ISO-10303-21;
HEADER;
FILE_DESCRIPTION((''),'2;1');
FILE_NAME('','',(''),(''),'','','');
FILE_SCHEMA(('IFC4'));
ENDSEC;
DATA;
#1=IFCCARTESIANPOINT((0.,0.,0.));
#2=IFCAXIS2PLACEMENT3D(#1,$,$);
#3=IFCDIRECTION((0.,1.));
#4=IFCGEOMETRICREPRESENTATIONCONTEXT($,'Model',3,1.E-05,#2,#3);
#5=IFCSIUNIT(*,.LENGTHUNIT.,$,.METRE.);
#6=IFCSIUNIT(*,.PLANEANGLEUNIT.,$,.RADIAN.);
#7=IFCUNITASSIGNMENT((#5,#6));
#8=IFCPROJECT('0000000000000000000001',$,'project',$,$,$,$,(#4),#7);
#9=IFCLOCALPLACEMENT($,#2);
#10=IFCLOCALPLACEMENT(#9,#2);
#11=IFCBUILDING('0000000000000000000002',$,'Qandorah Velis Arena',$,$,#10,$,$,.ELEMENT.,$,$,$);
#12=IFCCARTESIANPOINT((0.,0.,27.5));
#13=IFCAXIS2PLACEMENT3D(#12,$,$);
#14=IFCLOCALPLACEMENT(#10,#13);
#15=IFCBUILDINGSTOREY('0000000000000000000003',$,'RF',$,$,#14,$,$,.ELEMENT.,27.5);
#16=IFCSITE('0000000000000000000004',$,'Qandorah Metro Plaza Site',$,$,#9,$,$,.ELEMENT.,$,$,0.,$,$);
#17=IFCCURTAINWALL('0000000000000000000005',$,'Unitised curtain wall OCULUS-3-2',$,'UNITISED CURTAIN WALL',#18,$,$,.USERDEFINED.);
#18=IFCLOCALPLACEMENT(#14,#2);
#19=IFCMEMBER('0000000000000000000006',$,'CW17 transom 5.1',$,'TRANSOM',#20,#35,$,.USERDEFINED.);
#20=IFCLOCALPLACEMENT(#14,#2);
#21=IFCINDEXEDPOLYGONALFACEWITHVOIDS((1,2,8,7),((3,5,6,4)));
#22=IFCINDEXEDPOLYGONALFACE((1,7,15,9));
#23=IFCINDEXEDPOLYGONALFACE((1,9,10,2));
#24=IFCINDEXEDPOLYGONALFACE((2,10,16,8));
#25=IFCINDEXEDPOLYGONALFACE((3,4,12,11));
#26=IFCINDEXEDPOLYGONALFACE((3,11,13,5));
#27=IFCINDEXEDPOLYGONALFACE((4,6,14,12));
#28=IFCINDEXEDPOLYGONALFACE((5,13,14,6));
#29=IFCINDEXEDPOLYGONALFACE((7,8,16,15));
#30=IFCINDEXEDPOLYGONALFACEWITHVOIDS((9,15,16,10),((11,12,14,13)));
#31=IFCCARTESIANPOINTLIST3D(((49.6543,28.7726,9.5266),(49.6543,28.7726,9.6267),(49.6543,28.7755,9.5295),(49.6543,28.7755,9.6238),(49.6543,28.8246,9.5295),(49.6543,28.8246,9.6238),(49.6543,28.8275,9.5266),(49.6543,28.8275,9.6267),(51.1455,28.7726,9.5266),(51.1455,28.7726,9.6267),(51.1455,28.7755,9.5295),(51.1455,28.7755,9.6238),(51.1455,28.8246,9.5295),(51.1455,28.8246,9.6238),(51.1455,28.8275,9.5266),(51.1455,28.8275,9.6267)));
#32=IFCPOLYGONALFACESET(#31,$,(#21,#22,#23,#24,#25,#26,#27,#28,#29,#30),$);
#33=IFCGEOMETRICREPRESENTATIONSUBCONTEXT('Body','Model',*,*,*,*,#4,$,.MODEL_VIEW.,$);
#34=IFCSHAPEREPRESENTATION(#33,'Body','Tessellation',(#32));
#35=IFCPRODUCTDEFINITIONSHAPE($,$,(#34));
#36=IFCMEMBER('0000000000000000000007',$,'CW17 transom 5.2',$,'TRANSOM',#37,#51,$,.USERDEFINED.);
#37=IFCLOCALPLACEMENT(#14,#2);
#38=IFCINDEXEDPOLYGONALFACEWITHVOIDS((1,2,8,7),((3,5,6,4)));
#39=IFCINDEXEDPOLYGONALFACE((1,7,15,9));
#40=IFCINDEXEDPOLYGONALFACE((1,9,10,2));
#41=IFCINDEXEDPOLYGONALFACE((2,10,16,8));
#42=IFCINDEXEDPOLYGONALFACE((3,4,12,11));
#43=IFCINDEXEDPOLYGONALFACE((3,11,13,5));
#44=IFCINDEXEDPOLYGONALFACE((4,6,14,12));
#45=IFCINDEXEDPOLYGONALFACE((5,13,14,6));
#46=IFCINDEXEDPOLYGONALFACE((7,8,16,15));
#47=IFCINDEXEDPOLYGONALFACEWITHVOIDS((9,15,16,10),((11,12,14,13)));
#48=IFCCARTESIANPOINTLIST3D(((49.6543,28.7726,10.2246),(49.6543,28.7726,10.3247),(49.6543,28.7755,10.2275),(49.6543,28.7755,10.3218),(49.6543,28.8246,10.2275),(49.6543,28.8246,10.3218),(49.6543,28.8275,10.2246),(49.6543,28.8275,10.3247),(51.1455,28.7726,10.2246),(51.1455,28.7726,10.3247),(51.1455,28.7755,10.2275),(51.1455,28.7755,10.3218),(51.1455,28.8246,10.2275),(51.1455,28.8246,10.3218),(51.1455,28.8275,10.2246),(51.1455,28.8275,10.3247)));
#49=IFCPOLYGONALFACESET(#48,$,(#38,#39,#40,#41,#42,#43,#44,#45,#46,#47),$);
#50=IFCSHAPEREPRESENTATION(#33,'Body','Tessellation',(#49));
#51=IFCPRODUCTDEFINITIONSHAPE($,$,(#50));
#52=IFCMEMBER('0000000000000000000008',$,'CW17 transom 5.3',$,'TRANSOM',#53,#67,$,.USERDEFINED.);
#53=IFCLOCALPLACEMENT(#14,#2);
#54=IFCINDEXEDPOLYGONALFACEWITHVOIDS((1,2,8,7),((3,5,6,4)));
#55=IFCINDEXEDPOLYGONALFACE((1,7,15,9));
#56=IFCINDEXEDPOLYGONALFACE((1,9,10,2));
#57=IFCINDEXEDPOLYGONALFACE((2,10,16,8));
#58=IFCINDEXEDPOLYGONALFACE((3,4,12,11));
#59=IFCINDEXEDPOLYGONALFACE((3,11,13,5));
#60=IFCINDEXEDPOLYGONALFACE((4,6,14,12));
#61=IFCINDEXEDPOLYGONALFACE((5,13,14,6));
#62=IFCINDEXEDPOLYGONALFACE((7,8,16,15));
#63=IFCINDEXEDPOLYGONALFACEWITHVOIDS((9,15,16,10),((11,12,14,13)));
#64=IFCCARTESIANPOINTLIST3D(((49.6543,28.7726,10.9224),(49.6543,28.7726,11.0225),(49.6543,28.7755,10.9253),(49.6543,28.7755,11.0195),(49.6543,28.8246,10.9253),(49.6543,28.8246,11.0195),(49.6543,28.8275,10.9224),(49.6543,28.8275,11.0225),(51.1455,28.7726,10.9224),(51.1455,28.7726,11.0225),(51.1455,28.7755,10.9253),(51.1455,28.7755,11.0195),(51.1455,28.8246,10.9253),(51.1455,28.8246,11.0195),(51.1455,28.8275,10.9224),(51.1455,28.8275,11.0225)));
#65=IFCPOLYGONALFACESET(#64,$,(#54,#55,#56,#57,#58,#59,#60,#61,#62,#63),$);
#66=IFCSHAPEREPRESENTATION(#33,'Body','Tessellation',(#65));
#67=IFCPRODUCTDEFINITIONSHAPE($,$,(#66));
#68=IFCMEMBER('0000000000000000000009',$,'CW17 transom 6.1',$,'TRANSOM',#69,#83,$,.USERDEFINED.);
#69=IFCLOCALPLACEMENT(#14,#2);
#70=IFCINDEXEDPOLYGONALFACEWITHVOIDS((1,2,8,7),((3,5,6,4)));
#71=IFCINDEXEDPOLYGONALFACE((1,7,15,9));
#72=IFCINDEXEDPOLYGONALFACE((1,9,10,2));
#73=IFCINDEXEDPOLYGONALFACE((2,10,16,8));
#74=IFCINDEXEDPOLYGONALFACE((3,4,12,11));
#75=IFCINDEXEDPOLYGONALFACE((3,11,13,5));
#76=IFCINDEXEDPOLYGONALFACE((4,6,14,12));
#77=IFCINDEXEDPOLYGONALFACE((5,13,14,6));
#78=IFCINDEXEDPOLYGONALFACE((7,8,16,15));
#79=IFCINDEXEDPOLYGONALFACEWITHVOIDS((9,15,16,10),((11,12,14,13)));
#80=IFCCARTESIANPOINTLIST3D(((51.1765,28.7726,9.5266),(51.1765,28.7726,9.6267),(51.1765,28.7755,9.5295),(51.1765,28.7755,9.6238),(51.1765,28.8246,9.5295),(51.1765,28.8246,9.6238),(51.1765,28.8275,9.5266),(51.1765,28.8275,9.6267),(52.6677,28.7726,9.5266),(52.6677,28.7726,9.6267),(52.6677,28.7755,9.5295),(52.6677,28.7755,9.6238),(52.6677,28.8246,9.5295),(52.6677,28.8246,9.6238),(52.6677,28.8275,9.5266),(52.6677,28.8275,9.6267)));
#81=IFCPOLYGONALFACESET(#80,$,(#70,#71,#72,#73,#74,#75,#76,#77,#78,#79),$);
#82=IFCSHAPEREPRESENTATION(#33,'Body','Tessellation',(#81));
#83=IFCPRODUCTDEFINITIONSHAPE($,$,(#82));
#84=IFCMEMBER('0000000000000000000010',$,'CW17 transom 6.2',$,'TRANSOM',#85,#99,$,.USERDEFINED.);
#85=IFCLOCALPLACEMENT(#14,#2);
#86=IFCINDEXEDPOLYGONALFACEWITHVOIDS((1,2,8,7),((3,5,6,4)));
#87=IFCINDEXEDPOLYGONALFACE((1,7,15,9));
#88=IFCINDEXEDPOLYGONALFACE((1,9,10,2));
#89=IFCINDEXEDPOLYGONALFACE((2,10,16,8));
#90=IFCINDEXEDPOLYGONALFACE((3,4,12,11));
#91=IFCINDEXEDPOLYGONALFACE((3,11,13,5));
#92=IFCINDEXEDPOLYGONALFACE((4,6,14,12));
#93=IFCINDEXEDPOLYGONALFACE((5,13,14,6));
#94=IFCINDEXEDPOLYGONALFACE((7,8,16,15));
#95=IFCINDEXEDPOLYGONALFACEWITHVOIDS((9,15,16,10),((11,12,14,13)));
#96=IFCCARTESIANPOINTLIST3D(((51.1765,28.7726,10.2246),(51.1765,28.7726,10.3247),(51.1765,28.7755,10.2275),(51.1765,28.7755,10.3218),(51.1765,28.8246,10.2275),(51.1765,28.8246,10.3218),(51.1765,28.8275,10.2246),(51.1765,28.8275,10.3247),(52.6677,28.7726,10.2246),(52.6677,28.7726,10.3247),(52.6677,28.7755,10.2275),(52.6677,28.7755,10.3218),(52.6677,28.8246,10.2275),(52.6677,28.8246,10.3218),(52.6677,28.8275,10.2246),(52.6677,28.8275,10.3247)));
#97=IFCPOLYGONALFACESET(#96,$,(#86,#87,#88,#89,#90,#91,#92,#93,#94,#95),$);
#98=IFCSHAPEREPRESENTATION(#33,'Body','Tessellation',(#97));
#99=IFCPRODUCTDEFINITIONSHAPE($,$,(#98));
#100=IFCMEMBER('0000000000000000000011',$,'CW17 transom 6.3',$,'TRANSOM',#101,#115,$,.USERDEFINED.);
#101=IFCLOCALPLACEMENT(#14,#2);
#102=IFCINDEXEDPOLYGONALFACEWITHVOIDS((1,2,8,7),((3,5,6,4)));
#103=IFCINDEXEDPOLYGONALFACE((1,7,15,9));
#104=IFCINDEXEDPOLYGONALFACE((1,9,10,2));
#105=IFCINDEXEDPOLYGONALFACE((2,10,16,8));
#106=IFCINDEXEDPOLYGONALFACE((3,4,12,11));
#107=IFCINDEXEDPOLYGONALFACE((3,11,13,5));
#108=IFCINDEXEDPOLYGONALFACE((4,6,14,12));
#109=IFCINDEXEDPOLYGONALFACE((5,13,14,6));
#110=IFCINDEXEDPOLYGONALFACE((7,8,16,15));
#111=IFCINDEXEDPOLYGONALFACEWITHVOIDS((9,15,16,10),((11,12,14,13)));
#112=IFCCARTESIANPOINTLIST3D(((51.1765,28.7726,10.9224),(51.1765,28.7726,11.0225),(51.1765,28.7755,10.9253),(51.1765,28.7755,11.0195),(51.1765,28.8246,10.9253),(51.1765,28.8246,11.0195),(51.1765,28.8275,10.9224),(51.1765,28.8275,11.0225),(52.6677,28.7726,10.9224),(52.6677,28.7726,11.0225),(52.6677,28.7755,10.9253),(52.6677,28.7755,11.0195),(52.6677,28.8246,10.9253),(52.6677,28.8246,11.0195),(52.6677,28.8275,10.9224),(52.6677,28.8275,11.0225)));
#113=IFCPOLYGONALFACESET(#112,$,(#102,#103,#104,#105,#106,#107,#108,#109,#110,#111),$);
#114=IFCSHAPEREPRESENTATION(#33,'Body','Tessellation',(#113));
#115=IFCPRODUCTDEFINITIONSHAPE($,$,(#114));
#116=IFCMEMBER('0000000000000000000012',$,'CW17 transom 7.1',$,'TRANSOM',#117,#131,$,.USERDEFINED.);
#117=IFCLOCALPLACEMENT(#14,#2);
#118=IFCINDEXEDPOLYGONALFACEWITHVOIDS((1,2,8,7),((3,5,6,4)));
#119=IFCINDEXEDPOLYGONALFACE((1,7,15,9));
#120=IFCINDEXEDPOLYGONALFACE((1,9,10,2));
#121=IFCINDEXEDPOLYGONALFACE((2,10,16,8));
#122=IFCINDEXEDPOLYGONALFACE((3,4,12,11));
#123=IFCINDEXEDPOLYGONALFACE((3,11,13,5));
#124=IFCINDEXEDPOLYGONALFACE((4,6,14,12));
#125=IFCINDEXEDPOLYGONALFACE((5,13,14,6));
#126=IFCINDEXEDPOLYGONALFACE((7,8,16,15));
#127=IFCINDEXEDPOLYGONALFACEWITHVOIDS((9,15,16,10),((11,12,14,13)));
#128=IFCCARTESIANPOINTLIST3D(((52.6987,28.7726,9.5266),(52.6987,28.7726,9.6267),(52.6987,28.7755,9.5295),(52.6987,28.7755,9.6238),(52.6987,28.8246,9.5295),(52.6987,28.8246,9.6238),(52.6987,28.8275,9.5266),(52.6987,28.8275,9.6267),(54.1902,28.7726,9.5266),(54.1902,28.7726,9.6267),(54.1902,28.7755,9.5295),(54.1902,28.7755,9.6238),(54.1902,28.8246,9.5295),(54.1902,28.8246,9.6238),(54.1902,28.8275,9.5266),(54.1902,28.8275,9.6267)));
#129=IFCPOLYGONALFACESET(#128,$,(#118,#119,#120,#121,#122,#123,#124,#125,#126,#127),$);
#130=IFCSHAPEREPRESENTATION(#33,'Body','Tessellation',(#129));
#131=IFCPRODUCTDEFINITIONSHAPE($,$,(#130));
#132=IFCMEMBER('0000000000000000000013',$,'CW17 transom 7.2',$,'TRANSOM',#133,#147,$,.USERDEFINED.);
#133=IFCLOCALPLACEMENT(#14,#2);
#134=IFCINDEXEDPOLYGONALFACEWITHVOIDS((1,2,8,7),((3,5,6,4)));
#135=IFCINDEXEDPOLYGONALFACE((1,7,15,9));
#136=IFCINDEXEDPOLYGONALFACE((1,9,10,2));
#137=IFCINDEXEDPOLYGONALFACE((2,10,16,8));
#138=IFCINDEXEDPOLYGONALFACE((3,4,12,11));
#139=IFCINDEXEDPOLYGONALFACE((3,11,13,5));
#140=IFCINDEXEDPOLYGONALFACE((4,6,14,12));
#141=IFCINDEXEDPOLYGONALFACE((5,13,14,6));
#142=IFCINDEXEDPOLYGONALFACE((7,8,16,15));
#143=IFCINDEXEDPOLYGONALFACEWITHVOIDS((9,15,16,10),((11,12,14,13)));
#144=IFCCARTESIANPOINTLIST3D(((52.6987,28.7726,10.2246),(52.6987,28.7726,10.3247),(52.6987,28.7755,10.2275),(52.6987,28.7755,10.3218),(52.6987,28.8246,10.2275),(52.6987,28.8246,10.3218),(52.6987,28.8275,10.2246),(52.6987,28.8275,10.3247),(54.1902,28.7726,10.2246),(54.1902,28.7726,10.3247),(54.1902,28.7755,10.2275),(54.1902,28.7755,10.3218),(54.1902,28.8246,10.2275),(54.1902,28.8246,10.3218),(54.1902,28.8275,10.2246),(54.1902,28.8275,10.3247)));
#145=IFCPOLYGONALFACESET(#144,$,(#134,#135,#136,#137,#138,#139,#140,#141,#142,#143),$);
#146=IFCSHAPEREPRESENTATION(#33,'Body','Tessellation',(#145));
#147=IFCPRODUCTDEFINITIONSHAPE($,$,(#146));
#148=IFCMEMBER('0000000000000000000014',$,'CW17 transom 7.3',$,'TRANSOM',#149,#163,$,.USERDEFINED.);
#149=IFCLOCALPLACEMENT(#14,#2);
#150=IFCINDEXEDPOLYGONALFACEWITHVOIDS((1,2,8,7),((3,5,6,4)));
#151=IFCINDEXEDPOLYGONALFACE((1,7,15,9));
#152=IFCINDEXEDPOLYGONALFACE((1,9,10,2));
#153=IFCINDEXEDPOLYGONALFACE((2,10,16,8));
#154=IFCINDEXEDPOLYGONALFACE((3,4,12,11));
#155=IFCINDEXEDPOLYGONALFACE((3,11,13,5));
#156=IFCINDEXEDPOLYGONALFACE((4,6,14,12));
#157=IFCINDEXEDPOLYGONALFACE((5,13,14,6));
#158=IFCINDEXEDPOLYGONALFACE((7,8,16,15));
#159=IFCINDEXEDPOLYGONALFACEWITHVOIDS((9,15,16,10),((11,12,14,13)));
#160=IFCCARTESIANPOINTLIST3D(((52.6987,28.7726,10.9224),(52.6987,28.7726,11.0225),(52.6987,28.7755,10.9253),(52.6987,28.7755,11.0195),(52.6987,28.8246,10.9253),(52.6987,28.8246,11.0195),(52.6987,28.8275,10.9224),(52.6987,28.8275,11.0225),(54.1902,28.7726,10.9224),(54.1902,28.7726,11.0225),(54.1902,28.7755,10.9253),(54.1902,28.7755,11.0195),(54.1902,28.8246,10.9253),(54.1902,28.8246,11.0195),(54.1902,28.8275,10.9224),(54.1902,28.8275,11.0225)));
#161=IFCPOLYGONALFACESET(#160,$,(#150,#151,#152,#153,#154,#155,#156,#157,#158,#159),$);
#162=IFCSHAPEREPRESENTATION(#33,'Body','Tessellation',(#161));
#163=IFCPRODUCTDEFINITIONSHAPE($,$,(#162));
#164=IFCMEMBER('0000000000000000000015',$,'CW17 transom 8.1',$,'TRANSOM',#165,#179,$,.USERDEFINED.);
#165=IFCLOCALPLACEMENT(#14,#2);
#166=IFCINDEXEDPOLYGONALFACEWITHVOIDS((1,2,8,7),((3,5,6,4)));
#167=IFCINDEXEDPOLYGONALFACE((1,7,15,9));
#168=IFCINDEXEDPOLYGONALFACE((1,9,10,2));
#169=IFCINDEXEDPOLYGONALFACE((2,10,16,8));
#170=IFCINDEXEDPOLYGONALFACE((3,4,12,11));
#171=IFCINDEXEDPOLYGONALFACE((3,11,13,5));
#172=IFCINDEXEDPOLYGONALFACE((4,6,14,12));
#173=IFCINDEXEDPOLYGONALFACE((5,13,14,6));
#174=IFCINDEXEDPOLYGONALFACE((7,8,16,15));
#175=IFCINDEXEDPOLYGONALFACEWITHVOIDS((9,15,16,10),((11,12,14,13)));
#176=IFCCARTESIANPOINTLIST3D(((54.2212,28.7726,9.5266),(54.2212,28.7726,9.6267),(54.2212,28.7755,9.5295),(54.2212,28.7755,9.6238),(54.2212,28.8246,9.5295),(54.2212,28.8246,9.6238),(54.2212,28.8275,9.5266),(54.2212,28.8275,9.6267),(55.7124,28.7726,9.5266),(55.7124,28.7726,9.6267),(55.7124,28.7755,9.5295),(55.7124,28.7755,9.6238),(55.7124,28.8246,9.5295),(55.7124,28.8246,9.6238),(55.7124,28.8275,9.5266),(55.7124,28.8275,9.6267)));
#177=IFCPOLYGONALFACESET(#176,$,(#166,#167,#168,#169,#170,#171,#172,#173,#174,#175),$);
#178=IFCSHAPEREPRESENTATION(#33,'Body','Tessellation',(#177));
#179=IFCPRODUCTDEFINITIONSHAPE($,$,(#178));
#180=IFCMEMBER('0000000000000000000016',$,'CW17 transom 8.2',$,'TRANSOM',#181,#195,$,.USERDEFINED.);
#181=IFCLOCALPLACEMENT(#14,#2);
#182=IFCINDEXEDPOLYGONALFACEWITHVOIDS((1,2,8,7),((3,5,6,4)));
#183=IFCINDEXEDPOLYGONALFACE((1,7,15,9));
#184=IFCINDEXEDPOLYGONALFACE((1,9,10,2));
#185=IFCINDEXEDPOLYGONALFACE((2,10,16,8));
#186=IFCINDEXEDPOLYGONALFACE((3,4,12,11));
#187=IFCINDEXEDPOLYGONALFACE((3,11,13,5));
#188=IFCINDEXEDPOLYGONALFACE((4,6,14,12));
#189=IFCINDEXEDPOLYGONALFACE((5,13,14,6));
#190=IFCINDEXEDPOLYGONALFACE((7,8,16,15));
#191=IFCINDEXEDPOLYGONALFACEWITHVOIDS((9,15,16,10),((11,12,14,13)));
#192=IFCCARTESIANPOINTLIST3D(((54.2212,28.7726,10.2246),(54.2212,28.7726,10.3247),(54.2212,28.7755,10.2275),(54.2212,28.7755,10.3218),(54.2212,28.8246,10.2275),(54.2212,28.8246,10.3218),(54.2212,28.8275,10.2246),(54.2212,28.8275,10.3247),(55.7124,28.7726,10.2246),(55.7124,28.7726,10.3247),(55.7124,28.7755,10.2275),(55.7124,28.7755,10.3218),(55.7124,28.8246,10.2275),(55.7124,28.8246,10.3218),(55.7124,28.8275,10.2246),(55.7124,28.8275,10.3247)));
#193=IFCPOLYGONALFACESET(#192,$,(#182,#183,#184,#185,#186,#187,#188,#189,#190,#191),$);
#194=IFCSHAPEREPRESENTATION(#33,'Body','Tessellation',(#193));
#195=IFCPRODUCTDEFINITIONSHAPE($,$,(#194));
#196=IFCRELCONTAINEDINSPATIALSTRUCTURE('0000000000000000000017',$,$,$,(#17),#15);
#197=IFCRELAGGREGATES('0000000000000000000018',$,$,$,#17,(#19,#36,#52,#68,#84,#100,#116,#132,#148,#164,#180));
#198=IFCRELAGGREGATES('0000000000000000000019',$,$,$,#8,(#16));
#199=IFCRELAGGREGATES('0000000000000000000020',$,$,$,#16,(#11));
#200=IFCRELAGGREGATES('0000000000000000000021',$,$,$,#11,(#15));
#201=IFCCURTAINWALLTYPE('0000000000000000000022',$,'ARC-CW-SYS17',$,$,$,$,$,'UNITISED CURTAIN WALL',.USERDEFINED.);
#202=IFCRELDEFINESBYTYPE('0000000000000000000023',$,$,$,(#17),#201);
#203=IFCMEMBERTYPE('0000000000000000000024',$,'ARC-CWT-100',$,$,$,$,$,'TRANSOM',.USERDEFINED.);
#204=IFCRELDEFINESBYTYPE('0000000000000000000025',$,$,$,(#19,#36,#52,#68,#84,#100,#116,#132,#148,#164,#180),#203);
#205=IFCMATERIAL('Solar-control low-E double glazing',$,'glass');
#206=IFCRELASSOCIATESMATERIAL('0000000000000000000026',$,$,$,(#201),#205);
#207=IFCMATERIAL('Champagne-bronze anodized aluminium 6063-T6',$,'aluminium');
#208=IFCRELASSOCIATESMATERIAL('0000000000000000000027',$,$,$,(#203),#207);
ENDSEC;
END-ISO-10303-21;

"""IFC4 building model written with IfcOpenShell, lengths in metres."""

from ifc_helpers import new_model, si_unit, direction, frame, origin, origin_2d, place, context, subcontext, project, spatial, hollow_rectangle, extrude, material, material_profile, profile_set, type_object, element, aggregate, save


model = new_model("IFC4")

# Units and contexts
model_context = context("Model", 3, precision=1e-05, world=origin(), true_north=direction((0.0, 1.0)))
body_context = subcontext(model_context, "Body", "Model", "MODEL_VIEW")
ifc_project = project(units=[si_unit("LENGTHUNIT", "METRE"), si_unit("PLANEANGLEUNIT", "RADIAN")], contexts=[model_context])

# Site, building, storey
site_placement = place(None, origin())
site = spatial("IfcSite", under=ifc_project, at=site_placement, Name="Qandorah Metro Plaza Site", CompositionType="ELEMENT", RefElevation=0.0)
building_placement = place(site_placement, origin())
building = spatial("IfcBuilding", under=site, at=building_placement, Name="Qandorah Velis Arena", CompositionType="ELEMENT")
storey_placement = place(building_placement, frame((0.0, 0.0, 27.5)))
storey = spatial("IfcBuildingStorey", under=building, at=storey_placement, Name="RF", CompositionType="ELEMENT", Elevation=27.5)

# Curtain wall, members
ifc_material_1 = material(Name="Solar-control low-E double glazing", Category="glass")
curtain_wall_type = type_object("IfcCurtainWallType", Name="ARC-CW-SYS17", ElementType="UNITISED CURTAIN WALL", PredefinedType="USERDEFINED", material=ifc_material_1)
curtain_wall_placement = place(storey_placement, origin())
curtain_wall = element("IfcCurtainWall", 1, at=curtain_wall_placement, inside=storey, type_object=curtain_wall_type, Name="Unitised curtain wall OCULUS-3-2", ObjectType="UNITISED CURTAIN WALL", PredefinedType="USERDEFINED")
ifc_material_2 = material(Name="Champagne-bronze anodized aluminium 6063-T6", Category="aluminium")
ifc_material_profile_1 = material_profile(ifc_material_2, hollow_rectangle(XDim=0.0549, YDim=0.1001, WallThickness=0.0029, at=origin_2d()), Name="ALU TRANSOM 55x100")
ifc_profile_set_1 = profile_set([ifc_material_profile_1], Name="Champagne-bronze anodized aluminium 6063-T6")
member_type_1 = type_object("IfcMemberType", Name="ARC-CWT-100", ElementType="TRANSOM", PredefinedType="USERDEFINED", material=ifc_profile_set_1)
member_1_placement = place(storey_placement, frame((49.6543, 28.8, 9.5767), z_axis=(1.0, 0.0, 0.0), x_axis=(0.0, 1.0, 0.0)))
member_1 = element("IfcMember", 2, at=member_1_placement, type_object=member_type_1, Name="CW17 transom 5.1", ObjectType="TRANSOM", PredefinedType="USERDEFINED", context=body_context, shape_type="SweptSolid", body=[
    extrude(hollow_rectangle(XDim=0.0549, YDim=0.1001, WallThickness=0.0029, at=origin_2d()), origin(), (0.0, 0.0, 1.0), 1.4912),
])
member_2_placement = place(storey_placement, frame((49.6543, 28.8, 10.2747), z_axis=(1.0, 0.0, 0.0), x_axis=(0.0, 1.0, 0.0)))
member_2 = element("IfcMember", 3, at=member_2_placement, type_object=member_type_1, Name="CW17 transom 5.2", ObjectType="TRANSOM", PredefinedType="USERDEFINED", context=body_context, shape_type="SweptSolid", body=[
    extrude(hollow_rectangle(XDim=0.0549, YDim=0.1001, WallThickness=0.0029, at=origin_2d()), origin(), (0.0, 0.0, 1.0), 1.4912),
])
member_3_placement = place(storey_placement, frame((49.6543, 28.8, 10.9724), z_axis=(1.0, 0.0, 0.0), x_axis=(0.0, 1.0, 0.0)))
member_3 = element("IfcMember", 4, at=member_3_placement, type_object=member_type_1, Name="CW17 transom 5.3", ObjectType="TRANSOM", PredefinedType="USERDEFINED", context=body_context, shape_type="SweptSolid", body=[
    extrude(hollow_rectangle(XDim=0.0549, YDim=0.1001, WallThickness=0.0029, at=origin_2d()), origin(), (0.0, 0.0, 1.0), 1.4912),
])
member_4_placement = place(storey_placement, frame((51.1765, 28.8, 9.5767), z_axis=(1.0, 0.0, 0.0), x_axis=(0.0, 1.0, 0.0)))
member_4 = element("IfcMember", 5, at=member_4_placement, type_object=member_type_1, Name="CW17 transom 6.1", ObjectType="TRANSOM", PredefinedType="USERDEFINED", context=body_context, shape_type="SweptSolid", body=[
    extrude(hollow_rectangle(XDim=0.0549, YDim=0.1001, WallThickness=0.0029, at=origin_2d()), origin(), (0.0, 0.0, 1.0), 1.4912),
])
member_5_placement = place(storey_placement, frame((51.1765, 28.8, 10.2747), z_axis=(1.0, 0.0, 0.0), x_axis=(0.0, 1.0, 0.0)))
member_5 = element("IfcMember", 6, at=member_5_placement, type_object=member_type_1, Name="CW17 transom 6.2", ObjectType="TRANSOM", PredefinedType="USERDEFINED", context=body_context, shape_type="SweptSolid", body=[
    extrude(hollow_rectangle(XDim=0.0549, YDim=0.1001, WallThickness=0.0029, at=origin_2d()), origin(), (0.0, 0.0, 1.0), 1.4912),
])
member_6_placement = place(storey_placement, frame((51.1765, 28.8, 10.9724), z_axis=(1.0, 0.0, 0.0), x_axis=(0.0, 1.0, 0.0)))
member_6 = element("IfcMember", 7, at=member_6_placement, type_object=member_type_1, Name="CW17 transom 6.3", ObjectType="TRANSOM", PredefinedType="USERDEFINED", context=body_context, shape_type="SweptSolid", body=[
    extrude(hollow_rectangle(XDim=0.0549, YDim=0.1001, WallThickness=0.0029, at=origin_2d()), origin(), (0.0, 0.0, 1.0), 1.4912),
])
member_7_placement = place(storey_placement, frame((52.6987, 28.8, 9.5767), z_axis=(1.0, 0.0, 0.0), x_axis=(0.0, 1.0, 0.0)))
member_7 = element("IfcMember", 8, at=member_7_placement, type_object=member_type_1, Name="CW17 transom 7.1", ObjectType="TRANSOM", PredefinedType="USERDEFINED", context=body_context, shape_type="SweptSolid", body=[
    extrude(hollow_rectangle(XDim=0.0549, YDim=0.1001, WallThickness=0.0029, at=origin_2d()), origin(), (0.0, 0.0, 1.0), 1.4915),
])
member_8_placement = place(storey_placement, frame((52.6987, 28.8, 10.2747), z_axis=(1.0, 0.0, 0.0), x_axis=(0.0, 1.0, 0.0)))
member_8 = element("IfcMember", 9, at=member_8_placement, type_object=member_type_1, Name="CW17 transom 7.2", ObjectType="TRANSOM", PredefinedType="USERDEFINED", context=body_context, shape_type="SweptSolid", body=[
    extrude(hollow_rectangle(XDim=0.0549, YDim=0.1001, WallThickness=0.0029, at=origin_2d()), origin(), (0.0, 0.0, 1.0), 1.4915),
])
member_9_placement = place(storey_placement, frame((52.6987, 28.8, 10.9724), z_axis=(1.0, 0.0, 0.0), x_axis=(0.0, 1.0, 0.0)))
member_9 = element("IfcMember", 10, at=member_9_placement, type_object=member_type_1, Name="CW17 transom 7.3", ObjectType="TRANSOM", PredefinedType="USERDEFINED", context=body_context, shape_type="SweptSolid", body=[
    extrude(hollow_rectangle(XDim=0.0549, YDim=0.1001, WallThickness=0.0029, at=origin_2d()), origin(), (0.0, 0.0, 1.0), 1.4915),
])
member_10_placement = place(storey_placement, frame((54.2212, 28.8, 9.5767), z_axis=(1.0, 0.0, 0.0), x_axis=(0.0, 1.0, 0.0)))
member_10 = element("IfcMember", 11, at=member_10_placement, type_object=member_type_1, Name="CW17 transom 8.1", ObjectType="TRANSOM", PredefinedType="USERDEFINED", context=body_context, shape_type="SweptSolid", body=[
    extrude(hollow_rectangle(XDim=0.0549, YDim=0.1001, WallThickness=0.0029, at=origin_2d()), origin(), (0.0, 0.0, 1.0), 1.4912),
])
member_11_placement = place(storey_placement, frame((54.2212, 28.8, 10.2747), z_axis=(1.0, 0.0, 0.0), x_axis=(0.0, 1.0, 0.0)))
member_11 = element("IfcMember", 12, at=member_11_placement, type_object=member_type_1, Name="CW17 transom 8.2", ObjectType="TRANSOM", PredefinedType="USERDEFINED", context=body_context, shape_type="SweptSolid", body=[
    extrude(hollow_rectangle(XDim=0.0549, YDim=0.1001, WallThickness=0.0029, at=origin_2d()), origin(), (0.0, 0.0, 1.0), 1.4912),
])
aggregate(curtain_wall, [member_1, member_2, member_3, member_4, member_5, member_6, member_7, member_8, member_9, member_10, member_11])

save(model, "model.ifc")
